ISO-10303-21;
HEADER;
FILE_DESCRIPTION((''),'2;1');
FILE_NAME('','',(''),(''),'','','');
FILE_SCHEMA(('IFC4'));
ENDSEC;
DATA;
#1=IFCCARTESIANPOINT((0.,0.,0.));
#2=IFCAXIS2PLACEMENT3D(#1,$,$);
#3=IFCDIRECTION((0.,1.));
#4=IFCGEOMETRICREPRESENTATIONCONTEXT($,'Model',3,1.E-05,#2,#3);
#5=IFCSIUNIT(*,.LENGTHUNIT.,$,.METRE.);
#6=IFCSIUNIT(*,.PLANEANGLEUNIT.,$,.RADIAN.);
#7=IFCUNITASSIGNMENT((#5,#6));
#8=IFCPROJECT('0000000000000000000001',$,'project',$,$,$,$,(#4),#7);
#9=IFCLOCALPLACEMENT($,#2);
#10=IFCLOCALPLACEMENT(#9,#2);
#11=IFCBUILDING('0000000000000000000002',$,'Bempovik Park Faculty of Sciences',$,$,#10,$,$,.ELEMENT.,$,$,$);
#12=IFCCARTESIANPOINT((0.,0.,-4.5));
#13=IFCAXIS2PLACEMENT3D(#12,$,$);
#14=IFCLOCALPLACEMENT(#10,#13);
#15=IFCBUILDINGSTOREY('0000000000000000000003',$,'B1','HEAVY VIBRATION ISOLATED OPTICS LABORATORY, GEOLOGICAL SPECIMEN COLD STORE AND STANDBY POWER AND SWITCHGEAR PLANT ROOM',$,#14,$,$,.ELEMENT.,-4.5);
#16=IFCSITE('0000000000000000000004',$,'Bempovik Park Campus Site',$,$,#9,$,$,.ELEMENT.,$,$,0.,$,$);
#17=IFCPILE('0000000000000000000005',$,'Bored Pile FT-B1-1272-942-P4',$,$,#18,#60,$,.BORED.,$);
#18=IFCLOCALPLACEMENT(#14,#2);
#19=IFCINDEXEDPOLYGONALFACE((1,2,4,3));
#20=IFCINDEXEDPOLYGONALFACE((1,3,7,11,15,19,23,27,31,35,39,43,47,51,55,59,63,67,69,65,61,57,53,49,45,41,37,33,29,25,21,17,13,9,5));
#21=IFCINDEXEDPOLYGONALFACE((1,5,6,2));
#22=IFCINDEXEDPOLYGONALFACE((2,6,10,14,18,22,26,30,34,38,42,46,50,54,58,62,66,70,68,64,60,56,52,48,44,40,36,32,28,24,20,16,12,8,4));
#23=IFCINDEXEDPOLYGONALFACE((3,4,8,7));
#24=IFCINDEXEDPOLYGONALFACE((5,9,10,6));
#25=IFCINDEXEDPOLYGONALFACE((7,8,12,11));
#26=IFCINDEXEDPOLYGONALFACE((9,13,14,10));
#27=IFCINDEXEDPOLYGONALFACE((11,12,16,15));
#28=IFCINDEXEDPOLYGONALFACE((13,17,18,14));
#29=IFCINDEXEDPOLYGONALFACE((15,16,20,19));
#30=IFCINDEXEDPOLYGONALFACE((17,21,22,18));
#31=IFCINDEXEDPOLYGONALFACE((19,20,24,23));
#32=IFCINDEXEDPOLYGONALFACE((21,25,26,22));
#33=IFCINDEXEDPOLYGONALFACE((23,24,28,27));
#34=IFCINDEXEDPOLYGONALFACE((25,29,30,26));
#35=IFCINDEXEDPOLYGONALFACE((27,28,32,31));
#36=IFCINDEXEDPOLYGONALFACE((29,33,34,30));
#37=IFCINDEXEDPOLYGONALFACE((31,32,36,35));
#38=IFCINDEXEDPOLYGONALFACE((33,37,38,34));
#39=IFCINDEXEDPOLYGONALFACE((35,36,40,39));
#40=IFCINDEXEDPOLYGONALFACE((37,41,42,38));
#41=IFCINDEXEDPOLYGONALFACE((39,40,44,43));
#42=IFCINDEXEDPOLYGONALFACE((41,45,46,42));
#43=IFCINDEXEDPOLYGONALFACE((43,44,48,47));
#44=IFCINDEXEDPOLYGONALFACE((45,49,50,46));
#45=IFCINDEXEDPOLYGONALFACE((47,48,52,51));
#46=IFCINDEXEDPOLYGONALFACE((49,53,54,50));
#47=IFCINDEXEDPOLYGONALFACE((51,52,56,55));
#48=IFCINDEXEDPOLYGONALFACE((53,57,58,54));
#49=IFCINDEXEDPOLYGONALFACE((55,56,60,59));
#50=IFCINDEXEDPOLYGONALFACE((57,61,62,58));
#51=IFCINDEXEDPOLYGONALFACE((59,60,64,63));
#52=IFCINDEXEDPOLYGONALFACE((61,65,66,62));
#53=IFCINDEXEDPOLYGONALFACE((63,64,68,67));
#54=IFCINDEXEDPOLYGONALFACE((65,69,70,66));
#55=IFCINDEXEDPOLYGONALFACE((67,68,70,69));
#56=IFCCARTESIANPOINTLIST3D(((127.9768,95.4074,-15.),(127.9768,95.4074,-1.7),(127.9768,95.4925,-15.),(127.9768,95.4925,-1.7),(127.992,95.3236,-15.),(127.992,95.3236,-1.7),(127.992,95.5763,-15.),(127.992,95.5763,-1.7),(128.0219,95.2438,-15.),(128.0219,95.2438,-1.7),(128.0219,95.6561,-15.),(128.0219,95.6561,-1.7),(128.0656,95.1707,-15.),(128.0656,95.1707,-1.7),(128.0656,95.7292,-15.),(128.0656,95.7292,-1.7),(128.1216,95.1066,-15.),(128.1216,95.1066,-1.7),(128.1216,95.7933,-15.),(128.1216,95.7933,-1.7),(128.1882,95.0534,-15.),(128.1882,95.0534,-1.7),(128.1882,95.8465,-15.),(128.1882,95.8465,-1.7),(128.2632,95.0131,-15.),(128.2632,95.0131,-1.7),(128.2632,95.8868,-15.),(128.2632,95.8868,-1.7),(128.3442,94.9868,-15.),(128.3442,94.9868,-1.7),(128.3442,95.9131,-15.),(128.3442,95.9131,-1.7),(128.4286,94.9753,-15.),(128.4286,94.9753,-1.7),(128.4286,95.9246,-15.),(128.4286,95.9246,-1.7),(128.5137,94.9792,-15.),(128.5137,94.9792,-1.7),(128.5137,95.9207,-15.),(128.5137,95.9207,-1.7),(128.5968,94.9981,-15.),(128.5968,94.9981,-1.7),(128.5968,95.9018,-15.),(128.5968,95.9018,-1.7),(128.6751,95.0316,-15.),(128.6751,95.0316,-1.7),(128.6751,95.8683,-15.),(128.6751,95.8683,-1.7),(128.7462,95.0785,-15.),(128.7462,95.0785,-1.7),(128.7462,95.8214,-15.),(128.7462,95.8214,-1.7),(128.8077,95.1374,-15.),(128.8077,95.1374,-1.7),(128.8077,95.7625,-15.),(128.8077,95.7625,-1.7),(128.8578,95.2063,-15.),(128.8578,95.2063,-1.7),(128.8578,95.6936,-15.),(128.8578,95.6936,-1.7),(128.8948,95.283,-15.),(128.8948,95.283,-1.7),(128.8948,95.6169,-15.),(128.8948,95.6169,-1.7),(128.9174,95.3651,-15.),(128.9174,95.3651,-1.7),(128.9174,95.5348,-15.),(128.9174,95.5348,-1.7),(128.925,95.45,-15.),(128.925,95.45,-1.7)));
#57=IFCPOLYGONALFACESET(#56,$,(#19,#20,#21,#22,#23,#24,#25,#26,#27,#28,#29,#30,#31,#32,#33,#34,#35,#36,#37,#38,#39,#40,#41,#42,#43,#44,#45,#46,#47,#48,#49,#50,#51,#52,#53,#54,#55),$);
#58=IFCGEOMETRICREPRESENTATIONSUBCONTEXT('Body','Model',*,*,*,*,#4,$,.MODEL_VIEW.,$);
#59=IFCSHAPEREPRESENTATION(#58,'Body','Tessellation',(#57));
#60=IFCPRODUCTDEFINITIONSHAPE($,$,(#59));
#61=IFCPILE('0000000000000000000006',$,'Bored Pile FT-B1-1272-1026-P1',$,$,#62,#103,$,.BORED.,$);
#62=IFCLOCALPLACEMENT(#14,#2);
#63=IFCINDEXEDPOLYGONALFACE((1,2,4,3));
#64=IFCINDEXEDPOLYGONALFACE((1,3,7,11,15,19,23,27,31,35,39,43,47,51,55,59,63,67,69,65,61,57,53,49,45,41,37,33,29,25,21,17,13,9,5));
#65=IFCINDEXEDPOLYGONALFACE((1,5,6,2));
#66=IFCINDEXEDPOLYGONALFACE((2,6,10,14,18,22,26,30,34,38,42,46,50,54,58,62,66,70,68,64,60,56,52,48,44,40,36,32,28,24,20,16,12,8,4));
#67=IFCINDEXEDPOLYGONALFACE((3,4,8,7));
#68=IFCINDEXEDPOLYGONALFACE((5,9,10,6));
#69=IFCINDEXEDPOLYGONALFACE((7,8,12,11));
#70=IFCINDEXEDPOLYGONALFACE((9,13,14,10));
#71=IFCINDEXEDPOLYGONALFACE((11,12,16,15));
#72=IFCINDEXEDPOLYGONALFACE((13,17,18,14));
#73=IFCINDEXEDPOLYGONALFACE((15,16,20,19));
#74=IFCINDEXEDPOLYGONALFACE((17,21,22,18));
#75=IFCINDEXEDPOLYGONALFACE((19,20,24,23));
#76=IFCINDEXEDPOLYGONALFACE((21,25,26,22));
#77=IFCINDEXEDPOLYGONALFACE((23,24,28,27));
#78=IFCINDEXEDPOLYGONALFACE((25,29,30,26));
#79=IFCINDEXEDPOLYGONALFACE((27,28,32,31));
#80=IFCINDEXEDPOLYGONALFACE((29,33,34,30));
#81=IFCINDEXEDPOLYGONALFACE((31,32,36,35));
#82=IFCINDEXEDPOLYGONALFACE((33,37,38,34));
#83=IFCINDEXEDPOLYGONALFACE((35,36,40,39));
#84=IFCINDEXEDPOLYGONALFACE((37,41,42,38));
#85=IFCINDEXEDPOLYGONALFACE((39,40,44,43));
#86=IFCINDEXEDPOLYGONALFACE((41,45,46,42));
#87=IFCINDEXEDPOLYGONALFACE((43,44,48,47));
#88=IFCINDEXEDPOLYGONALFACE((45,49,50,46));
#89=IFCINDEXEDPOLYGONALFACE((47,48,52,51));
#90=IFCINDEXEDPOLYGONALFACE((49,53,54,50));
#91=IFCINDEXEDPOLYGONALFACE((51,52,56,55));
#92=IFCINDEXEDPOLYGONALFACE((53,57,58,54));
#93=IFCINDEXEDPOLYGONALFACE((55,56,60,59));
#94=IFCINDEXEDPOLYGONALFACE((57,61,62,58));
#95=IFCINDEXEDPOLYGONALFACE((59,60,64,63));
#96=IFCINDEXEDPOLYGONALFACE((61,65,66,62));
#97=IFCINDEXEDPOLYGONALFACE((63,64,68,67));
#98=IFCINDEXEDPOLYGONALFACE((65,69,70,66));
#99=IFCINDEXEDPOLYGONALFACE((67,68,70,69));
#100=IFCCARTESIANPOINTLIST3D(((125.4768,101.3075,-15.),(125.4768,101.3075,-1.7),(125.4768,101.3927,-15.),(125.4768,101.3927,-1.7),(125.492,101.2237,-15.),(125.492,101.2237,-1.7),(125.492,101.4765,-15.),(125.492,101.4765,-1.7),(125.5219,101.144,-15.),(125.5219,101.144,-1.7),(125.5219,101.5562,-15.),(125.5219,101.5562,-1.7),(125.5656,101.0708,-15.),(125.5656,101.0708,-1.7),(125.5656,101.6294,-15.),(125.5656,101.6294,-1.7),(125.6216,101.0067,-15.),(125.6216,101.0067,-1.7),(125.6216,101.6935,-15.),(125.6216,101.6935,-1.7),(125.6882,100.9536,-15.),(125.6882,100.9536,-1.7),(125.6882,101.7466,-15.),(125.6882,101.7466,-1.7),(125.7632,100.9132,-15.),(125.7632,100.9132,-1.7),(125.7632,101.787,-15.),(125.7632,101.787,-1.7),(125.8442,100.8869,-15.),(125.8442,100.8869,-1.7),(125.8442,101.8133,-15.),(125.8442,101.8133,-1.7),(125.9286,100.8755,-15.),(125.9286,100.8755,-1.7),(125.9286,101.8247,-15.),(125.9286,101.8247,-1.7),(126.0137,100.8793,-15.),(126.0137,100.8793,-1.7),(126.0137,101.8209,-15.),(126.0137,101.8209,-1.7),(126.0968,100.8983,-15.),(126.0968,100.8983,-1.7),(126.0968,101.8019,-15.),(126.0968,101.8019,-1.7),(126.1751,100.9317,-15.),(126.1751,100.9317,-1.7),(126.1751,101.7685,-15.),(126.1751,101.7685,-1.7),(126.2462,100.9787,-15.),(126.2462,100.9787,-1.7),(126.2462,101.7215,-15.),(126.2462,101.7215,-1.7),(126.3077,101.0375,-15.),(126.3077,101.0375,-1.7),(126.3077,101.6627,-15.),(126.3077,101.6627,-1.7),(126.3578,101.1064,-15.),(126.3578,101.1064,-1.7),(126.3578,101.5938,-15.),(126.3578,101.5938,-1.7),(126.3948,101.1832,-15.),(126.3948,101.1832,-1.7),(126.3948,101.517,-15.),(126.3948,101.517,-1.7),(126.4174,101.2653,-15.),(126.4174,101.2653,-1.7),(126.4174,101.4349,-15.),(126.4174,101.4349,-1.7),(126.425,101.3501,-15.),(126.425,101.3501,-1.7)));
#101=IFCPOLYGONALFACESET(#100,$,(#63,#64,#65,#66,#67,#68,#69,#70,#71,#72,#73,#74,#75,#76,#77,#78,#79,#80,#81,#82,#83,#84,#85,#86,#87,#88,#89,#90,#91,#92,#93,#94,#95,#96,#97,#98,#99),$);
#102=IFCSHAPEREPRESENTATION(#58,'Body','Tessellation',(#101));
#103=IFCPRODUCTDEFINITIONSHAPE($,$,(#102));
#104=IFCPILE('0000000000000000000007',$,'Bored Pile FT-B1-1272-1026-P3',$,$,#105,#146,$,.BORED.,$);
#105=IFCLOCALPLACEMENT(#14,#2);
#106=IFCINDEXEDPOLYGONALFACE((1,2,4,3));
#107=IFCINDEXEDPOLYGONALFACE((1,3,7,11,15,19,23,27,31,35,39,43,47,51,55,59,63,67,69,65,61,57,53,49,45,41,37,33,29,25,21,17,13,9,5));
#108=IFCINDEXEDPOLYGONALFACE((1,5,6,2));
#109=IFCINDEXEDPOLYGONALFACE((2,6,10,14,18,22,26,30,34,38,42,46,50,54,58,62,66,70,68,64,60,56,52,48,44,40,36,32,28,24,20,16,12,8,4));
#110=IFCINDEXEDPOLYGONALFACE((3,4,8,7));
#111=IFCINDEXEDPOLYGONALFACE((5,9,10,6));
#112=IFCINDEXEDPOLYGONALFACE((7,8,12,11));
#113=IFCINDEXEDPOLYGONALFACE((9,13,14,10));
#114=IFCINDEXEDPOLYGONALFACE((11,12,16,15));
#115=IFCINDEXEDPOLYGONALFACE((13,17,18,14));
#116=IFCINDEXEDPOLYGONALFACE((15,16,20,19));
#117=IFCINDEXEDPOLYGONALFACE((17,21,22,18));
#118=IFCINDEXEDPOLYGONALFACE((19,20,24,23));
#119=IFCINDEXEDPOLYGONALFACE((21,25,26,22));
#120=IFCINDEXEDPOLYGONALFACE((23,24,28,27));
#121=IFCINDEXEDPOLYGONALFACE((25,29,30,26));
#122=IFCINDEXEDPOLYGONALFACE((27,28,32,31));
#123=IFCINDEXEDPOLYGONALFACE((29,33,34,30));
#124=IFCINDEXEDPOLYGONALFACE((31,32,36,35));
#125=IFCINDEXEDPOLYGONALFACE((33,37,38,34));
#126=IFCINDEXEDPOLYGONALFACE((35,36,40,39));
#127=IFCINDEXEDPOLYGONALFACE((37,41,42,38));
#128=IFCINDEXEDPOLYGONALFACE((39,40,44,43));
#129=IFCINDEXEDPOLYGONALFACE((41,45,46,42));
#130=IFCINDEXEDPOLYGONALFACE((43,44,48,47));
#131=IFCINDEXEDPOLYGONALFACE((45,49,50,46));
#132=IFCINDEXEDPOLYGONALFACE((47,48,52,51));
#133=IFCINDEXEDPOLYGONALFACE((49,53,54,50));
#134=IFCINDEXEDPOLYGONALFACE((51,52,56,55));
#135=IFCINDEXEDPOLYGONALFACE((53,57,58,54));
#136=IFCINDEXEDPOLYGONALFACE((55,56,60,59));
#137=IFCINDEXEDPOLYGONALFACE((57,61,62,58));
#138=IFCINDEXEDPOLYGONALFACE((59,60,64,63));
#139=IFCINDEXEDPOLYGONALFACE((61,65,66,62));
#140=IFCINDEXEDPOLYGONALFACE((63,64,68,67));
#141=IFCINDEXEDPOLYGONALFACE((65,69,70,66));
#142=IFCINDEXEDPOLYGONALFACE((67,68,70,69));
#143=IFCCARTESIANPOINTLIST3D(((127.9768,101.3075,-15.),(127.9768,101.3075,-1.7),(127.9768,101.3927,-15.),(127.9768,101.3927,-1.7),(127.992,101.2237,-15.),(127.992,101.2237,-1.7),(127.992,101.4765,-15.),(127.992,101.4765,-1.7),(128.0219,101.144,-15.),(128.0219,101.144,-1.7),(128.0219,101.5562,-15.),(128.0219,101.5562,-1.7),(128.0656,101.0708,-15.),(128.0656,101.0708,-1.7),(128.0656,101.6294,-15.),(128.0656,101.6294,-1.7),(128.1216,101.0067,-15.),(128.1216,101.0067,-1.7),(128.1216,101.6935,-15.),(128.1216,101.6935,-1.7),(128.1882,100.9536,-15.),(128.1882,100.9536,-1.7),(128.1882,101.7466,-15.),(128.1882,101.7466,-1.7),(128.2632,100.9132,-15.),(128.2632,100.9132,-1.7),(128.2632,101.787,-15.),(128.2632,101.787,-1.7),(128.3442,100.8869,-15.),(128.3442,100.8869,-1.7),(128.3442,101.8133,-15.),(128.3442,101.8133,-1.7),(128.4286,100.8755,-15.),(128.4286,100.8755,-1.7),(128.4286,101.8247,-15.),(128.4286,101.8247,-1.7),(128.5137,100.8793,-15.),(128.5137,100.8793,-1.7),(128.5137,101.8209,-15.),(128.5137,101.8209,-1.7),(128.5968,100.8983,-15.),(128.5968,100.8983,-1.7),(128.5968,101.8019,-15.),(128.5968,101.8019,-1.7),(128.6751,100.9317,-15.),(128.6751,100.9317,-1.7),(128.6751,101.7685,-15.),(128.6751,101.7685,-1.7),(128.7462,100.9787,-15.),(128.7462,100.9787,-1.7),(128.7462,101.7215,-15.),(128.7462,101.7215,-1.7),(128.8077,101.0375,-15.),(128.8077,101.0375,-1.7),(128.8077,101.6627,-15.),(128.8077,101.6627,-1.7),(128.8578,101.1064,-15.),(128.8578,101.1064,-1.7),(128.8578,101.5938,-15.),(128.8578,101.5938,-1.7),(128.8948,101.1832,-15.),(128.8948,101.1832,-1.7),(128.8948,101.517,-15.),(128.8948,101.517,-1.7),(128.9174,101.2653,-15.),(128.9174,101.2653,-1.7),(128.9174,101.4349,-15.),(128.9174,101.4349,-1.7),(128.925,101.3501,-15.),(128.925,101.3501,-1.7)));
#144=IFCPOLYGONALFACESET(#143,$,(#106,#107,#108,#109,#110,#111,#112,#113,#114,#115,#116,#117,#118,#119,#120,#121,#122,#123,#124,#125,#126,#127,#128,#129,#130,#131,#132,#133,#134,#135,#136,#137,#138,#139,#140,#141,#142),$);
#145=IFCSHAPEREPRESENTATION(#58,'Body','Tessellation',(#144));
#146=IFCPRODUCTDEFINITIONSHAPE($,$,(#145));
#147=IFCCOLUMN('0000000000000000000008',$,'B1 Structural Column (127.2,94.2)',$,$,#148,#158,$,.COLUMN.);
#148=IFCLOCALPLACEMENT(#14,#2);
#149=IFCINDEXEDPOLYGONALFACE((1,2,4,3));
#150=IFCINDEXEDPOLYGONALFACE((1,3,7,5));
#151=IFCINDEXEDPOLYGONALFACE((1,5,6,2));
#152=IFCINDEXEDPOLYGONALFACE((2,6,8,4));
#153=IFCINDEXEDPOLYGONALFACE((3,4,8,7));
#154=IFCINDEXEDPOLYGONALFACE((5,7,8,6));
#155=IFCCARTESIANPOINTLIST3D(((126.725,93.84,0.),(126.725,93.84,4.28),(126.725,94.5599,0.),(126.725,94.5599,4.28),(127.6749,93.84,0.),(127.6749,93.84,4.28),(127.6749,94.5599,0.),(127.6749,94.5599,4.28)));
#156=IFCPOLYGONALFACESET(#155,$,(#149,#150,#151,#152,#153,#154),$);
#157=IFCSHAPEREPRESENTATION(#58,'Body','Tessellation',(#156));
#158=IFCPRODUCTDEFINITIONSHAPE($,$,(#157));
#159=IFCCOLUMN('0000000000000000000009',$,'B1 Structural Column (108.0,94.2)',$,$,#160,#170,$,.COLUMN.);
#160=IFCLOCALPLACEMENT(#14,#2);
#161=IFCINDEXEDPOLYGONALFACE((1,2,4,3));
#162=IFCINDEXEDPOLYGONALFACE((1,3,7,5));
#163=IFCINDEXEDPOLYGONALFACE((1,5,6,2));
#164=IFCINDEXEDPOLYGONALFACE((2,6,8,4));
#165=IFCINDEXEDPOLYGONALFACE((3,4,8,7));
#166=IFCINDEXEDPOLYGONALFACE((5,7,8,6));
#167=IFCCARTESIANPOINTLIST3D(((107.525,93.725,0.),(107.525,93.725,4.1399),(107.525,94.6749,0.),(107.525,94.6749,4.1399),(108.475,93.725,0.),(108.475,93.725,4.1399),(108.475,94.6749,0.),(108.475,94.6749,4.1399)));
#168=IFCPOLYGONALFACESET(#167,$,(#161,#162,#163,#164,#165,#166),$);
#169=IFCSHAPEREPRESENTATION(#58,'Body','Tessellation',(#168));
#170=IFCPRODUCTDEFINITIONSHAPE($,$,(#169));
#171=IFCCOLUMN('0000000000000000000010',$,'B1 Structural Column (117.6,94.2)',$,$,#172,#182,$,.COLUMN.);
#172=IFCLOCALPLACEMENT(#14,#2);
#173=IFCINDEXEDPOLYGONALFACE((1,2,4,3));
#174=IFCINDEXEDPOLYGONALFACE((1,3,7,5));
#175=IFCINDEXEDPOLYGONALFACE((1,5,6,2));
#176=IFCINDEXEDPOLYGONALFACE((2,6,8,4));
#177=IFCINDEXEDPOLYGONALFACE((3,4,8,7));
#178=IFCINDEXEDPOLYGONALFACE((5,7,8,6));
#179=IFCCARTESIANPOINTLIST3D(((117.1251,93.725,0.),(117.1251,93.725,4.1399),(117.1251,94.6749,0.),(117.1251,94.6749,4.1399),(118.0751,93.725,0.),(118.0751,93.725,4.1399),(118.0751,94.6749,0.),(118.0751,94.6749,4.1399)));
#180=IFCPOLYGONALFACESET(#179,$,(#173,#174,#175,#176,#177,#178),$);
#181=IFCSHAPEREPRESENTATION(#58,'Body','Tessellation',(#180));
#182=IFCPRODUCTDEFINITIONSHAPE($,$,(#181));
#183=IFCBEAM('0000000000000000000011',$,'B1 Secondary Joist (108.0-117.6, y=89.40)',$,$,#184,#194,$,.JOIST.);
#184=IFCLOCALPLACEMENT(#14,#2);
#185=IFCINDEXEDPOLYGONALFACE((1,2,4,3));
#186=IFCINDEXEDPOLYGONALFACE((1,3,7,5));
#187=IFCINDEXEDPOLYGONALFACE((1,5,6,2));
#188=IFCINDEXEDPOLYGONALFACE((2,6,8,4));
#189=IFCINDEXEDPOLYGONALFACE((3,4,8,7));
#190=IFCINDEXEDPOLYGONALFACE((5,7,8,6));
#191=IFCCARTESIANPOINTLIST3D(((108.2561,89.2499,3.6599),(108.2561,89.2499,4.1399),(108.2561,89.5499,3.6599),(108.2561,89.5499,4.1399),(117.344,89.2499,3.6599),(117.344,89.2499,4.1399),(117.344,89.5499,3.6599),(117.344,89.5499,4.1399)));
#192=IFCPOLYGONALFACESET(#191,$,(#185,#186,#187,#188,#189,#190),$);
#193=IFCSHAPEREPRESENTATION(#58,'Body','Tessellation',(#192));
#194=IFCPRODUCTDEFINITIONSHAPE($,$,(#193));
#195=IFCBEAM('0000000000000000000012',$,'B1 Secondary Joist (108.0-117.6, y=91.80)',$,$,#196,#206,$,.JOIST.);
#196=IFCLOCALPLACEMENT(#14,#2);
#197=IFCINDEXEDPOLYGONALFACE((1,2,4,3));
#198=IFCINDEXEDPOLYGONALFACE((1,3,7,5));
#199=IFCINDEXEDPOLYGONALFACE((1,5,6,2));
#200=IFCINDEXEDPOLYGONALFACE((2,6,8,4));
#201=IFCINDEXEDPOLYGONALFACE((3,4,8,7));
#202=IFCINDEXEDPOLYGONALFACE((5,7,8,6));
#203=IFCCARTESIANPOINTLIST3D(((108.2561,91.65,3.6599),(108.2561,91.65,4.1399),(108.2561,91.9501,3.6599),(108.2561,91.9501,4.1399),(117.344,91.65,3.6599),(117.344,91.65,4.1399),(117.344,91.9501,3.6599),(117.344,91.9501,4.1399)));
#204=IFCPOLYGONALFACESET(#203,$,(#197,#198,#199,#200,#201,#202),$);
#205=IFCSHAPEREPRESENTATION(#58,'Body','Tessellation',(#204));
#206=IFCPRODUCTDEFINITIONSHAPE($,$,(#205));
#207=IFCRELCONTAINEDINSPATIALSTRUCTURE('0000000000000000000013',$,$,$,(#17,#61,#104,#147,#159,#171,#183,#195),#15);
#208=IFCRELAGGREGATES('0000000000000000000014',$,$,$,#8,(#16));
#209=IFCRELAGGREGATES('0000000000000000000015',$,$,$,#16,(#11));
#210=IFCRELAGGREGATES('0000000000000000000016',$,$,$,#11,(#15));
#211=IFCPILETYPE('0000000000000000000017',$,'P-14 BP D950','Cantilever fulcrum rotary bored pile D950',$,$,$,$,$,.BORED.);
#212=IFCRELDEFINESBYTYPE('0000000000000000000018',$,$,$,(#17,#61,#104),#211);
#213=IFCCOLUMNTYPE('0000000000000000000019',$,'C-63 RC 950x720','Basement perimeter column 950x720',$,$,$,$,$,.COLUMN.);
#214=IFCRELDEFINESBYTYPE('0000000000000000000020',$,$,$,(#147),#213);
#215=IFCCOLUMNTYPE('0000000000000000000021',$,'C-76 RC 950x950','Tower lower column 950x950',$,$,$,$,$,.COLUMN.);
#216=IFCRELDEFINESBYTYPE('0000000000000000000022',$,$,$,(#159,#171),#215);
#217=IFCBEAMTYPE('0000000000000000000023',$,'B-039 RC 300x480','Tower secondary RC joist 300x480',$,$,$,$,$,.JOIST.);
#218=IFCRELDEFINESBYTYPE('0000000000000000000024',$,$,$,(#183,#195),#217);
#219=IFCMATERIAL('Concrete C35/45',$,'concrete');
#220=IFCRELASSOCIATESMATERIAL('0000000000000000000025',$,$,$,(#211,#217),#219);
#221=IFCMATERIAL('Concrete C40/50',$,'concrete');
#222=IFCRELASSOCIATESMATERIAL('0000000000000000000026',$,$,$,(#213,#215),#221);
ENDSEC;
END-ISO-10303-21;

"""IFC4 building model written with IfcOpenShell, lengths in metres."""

from ifc_helpers import new_model, si_unit, direction, frame, origin, origin_2d, place, context, subcontext, project, spatial, rectangle, circle, extrude, material, material_profile, profile_set, type_object, element, save


model = new_model("IFC4")

# Units and contexts
model_context = context("Model", 3, precision=1e-05, world=origin(), true_north=direction((0.0, 1.0)))
body_context = subcontext(model_context, "Body", "Model", "MODEL_VIEW")
ifc_project = project(units=[si_unit("LENGTHUNIT", "METRE"), si_unit("PLANEANGLEUNIT", "RADIAN")], contexts=[model_context])

# Site, building, storey
site_placement = place(None, origin())
site = spatial("IfcSite", under=ifc_project, at=site_placement, Name="Bempovik Park Campus Site", CompositionType="ELEMENT", RefElevation=0.0)
building_placement = place(site_placement, origin())
building = spatial("IfcBuilding", under=site, at=building_placement, Name="Bempovik Park Faculty of Sciences", CompositionType="ELEMENT")
storey_placement = place(building_placement, frame((0.0, 0.0, -4.5)))
storey = spatial("IfcBuildingStorey", under=building, at=storey_placement, Name="B1", Description="HEAVY VIBRATION ISOLATED OPTICS LABORATORY, GEOLOGICAL SPECIMEN COLD STORE AND STANDBY POWER AND SWITCHGEAR PLANT ROOM", CompositionType="ELEMENT", Elevation=-4.5)

# Shared definitions
ifc_material_1 = material(Name="Concrete C35/45", Category="concrete")

# Piles
ifc_material_profile_1 = material_profile(ifc_material_1, circle(Radius=0.4751, at=origin_2d()), Name="BP D950")
ifc_profile_set_1 = profile_set([ifc_material_profile_1], Name="Concrete C35/45")
pile_type = type_object("IfcPileType", Name="P-14 BP D950", Description="Cantilever fulcrum rotary bored pile D950", PredefinedType="BORED", material=ifc_profile_set_1)
for number, where, z_axis, x_axis, name in (
    (1, (128.45, 95.45, -1.7), (0.0, 0.0, -1.0), (1.0, 0.0, 0.0), "Bored Pile FT-B1-1272-942-P4"),
    (2, (125.95, 101.3501, -1.7), (0.0, 0.0, -1.0), (1.0, 0.0, 0.0), "Bored Pile FT-B1-1272-1026-P1"),
    (3, (128.45, 101.3501, -1.7), (0.0, 0.0, -1.0), (1.0, 0.0, 0.0), "Bored Pile FT-B1-1272-1026-P3"),
):
    element("IfcPile", number, at=place(storey_placement, frame(where, z_axis=z_axis, x_axis=x_axis)), inside=storey, type_object=pile_type, Name=name, PredefinedType="BORED", context=body_context, shape_type="SweptSolid", body=[
        extrude(circle(Radius=0.4751, at=origin_2d()), origin(), (0.0, 0.0, 1.0), 13.3),
    ])

# Columns
ifc_material_2 = material(Name="Concrete C40/50", Category="concrete")
ifc_material_profile_2 = material_profile(ifc_material_2, rectangle(XDim=0.95, YDim=0.72, at=origin_2d()), Name="RC 950x720")
ifc_profile_set_2 = profile_set([ifc_material_profile_2], Name="Concrete C40/50")
column_type_1 = type_object("IfcColumnType", Name="C-63 RC 950x720", Description="Basement perimeter column 950x720", PredefinedType="COLUMN", material=ifc_profile_set_2)
column_placement = place(storey_placement, frame((127.2, 94.2, 0.0), z_axis=(0.0, 0.0, 1.0), x_axis=(1.0, 0.0, 0.0)))
element("IfcColumn", 4, at=column_placement, inside=storey, type_object=column_type_1, Name="B1 Structural Column (127.2,94.2)", PredefinedType="COLUMN", context=body_context, shape_type="SweptSolid", body=[
    extrude(rectangle(XDim=0.95, YDim=0.72, at=origin_2d()), origin(), (0.0, 0.0, 1.0), 4.28),
])
ifc_material_profile_3 = material_profile(ifc_material_2, rectangle(XDim=0.95, YDim=0.95, at=origin_2d()), Name="RC 950x950")
ifc_profile_set_3 = profile_set([ifc_material_profile_3], Name="Concrete C40/50")
column_type_2 = type_object("IfcColumnType", Name="C-76 RC 950x950", Description="Tower lower column 950x950", PredefinedType="COLUMN", material=ifc_profile_set_3)
for number, where, z_axis, x_axis, name in (
    (5, (108.0, 94.2, 0.0), (0.0, 0.0, 1.0), (1.0, 0.0, 0.0), "B1 Structural Column (108.0,94.2)"),
    (6, (117.6001, 94.2, 0.0), (0.0, 0.0, 1.0), (1.0, 0.0, 0.0), "B1 Structural Column (117.6,94.2)"),
):
    element("IfcColumn", number, at=place(storey_placement, frame(where, z_axis=z_axis, x_axis=x_axis)), inside=storey, type_object=column_type_2, Name=name, PredefinedType="COLUMN", context=body_context, shape_type="SweptSolid", body=[
        extrude(rectangle(XDim=0.95, YDim=0.95, at=origin_2d()), origin(), (0.0, 0.0, 1.0), 4.1399),
    ])

# Beams
ifc_material_profile_4 = material_profile(ifc_material_1, rectangle(XDim=0.3, YDim=0.48, at=origin_2d()), Name="RC 300x480")
ifc_profile_set_4 = profile_set([ifc_material_profile_4], Name="Concrete C35/45")
beam_type_1 = type_object("IfcBeamType", Name="B-039 RC 300x480", Description="Tower secondary RC joist 300x480", PredefinedType="JOIST", material=ifc_profile_set_4)
for number, where, z_axis, x_axis, name in (
    (7, (108.2561, 89.3999, 3.8999), (1.0, 0.0, 0.0), (0.0, 1.0, 0.0), "B1 Secondary Joist (108.0-117.6, y=89.40)"),
    (8, (108.2561, 91.8, 3.8999), (1.0, 0.0, 0.0), (0.0, 1.0, 0.0), "B1 Secondary Joist (108.0-117.6, y=91.80)"),
):
    element("IfcBeam", number, at=place(storey_placement, frame(where, z_axis=z_axis, x_axis=x_axis)), inside=storey, type_object=beam_type_1, Name=name, PredefinedType="JOIST", context=body_context, shape_type="SweptSolid", body=[
        extrude(rectangle(XDim=0.3, YDim=0.48, at=origin_2d()), origin(), (0.0, 0.0, 1.0), 9.0879),
    ])

save(model, "model.ifc")
